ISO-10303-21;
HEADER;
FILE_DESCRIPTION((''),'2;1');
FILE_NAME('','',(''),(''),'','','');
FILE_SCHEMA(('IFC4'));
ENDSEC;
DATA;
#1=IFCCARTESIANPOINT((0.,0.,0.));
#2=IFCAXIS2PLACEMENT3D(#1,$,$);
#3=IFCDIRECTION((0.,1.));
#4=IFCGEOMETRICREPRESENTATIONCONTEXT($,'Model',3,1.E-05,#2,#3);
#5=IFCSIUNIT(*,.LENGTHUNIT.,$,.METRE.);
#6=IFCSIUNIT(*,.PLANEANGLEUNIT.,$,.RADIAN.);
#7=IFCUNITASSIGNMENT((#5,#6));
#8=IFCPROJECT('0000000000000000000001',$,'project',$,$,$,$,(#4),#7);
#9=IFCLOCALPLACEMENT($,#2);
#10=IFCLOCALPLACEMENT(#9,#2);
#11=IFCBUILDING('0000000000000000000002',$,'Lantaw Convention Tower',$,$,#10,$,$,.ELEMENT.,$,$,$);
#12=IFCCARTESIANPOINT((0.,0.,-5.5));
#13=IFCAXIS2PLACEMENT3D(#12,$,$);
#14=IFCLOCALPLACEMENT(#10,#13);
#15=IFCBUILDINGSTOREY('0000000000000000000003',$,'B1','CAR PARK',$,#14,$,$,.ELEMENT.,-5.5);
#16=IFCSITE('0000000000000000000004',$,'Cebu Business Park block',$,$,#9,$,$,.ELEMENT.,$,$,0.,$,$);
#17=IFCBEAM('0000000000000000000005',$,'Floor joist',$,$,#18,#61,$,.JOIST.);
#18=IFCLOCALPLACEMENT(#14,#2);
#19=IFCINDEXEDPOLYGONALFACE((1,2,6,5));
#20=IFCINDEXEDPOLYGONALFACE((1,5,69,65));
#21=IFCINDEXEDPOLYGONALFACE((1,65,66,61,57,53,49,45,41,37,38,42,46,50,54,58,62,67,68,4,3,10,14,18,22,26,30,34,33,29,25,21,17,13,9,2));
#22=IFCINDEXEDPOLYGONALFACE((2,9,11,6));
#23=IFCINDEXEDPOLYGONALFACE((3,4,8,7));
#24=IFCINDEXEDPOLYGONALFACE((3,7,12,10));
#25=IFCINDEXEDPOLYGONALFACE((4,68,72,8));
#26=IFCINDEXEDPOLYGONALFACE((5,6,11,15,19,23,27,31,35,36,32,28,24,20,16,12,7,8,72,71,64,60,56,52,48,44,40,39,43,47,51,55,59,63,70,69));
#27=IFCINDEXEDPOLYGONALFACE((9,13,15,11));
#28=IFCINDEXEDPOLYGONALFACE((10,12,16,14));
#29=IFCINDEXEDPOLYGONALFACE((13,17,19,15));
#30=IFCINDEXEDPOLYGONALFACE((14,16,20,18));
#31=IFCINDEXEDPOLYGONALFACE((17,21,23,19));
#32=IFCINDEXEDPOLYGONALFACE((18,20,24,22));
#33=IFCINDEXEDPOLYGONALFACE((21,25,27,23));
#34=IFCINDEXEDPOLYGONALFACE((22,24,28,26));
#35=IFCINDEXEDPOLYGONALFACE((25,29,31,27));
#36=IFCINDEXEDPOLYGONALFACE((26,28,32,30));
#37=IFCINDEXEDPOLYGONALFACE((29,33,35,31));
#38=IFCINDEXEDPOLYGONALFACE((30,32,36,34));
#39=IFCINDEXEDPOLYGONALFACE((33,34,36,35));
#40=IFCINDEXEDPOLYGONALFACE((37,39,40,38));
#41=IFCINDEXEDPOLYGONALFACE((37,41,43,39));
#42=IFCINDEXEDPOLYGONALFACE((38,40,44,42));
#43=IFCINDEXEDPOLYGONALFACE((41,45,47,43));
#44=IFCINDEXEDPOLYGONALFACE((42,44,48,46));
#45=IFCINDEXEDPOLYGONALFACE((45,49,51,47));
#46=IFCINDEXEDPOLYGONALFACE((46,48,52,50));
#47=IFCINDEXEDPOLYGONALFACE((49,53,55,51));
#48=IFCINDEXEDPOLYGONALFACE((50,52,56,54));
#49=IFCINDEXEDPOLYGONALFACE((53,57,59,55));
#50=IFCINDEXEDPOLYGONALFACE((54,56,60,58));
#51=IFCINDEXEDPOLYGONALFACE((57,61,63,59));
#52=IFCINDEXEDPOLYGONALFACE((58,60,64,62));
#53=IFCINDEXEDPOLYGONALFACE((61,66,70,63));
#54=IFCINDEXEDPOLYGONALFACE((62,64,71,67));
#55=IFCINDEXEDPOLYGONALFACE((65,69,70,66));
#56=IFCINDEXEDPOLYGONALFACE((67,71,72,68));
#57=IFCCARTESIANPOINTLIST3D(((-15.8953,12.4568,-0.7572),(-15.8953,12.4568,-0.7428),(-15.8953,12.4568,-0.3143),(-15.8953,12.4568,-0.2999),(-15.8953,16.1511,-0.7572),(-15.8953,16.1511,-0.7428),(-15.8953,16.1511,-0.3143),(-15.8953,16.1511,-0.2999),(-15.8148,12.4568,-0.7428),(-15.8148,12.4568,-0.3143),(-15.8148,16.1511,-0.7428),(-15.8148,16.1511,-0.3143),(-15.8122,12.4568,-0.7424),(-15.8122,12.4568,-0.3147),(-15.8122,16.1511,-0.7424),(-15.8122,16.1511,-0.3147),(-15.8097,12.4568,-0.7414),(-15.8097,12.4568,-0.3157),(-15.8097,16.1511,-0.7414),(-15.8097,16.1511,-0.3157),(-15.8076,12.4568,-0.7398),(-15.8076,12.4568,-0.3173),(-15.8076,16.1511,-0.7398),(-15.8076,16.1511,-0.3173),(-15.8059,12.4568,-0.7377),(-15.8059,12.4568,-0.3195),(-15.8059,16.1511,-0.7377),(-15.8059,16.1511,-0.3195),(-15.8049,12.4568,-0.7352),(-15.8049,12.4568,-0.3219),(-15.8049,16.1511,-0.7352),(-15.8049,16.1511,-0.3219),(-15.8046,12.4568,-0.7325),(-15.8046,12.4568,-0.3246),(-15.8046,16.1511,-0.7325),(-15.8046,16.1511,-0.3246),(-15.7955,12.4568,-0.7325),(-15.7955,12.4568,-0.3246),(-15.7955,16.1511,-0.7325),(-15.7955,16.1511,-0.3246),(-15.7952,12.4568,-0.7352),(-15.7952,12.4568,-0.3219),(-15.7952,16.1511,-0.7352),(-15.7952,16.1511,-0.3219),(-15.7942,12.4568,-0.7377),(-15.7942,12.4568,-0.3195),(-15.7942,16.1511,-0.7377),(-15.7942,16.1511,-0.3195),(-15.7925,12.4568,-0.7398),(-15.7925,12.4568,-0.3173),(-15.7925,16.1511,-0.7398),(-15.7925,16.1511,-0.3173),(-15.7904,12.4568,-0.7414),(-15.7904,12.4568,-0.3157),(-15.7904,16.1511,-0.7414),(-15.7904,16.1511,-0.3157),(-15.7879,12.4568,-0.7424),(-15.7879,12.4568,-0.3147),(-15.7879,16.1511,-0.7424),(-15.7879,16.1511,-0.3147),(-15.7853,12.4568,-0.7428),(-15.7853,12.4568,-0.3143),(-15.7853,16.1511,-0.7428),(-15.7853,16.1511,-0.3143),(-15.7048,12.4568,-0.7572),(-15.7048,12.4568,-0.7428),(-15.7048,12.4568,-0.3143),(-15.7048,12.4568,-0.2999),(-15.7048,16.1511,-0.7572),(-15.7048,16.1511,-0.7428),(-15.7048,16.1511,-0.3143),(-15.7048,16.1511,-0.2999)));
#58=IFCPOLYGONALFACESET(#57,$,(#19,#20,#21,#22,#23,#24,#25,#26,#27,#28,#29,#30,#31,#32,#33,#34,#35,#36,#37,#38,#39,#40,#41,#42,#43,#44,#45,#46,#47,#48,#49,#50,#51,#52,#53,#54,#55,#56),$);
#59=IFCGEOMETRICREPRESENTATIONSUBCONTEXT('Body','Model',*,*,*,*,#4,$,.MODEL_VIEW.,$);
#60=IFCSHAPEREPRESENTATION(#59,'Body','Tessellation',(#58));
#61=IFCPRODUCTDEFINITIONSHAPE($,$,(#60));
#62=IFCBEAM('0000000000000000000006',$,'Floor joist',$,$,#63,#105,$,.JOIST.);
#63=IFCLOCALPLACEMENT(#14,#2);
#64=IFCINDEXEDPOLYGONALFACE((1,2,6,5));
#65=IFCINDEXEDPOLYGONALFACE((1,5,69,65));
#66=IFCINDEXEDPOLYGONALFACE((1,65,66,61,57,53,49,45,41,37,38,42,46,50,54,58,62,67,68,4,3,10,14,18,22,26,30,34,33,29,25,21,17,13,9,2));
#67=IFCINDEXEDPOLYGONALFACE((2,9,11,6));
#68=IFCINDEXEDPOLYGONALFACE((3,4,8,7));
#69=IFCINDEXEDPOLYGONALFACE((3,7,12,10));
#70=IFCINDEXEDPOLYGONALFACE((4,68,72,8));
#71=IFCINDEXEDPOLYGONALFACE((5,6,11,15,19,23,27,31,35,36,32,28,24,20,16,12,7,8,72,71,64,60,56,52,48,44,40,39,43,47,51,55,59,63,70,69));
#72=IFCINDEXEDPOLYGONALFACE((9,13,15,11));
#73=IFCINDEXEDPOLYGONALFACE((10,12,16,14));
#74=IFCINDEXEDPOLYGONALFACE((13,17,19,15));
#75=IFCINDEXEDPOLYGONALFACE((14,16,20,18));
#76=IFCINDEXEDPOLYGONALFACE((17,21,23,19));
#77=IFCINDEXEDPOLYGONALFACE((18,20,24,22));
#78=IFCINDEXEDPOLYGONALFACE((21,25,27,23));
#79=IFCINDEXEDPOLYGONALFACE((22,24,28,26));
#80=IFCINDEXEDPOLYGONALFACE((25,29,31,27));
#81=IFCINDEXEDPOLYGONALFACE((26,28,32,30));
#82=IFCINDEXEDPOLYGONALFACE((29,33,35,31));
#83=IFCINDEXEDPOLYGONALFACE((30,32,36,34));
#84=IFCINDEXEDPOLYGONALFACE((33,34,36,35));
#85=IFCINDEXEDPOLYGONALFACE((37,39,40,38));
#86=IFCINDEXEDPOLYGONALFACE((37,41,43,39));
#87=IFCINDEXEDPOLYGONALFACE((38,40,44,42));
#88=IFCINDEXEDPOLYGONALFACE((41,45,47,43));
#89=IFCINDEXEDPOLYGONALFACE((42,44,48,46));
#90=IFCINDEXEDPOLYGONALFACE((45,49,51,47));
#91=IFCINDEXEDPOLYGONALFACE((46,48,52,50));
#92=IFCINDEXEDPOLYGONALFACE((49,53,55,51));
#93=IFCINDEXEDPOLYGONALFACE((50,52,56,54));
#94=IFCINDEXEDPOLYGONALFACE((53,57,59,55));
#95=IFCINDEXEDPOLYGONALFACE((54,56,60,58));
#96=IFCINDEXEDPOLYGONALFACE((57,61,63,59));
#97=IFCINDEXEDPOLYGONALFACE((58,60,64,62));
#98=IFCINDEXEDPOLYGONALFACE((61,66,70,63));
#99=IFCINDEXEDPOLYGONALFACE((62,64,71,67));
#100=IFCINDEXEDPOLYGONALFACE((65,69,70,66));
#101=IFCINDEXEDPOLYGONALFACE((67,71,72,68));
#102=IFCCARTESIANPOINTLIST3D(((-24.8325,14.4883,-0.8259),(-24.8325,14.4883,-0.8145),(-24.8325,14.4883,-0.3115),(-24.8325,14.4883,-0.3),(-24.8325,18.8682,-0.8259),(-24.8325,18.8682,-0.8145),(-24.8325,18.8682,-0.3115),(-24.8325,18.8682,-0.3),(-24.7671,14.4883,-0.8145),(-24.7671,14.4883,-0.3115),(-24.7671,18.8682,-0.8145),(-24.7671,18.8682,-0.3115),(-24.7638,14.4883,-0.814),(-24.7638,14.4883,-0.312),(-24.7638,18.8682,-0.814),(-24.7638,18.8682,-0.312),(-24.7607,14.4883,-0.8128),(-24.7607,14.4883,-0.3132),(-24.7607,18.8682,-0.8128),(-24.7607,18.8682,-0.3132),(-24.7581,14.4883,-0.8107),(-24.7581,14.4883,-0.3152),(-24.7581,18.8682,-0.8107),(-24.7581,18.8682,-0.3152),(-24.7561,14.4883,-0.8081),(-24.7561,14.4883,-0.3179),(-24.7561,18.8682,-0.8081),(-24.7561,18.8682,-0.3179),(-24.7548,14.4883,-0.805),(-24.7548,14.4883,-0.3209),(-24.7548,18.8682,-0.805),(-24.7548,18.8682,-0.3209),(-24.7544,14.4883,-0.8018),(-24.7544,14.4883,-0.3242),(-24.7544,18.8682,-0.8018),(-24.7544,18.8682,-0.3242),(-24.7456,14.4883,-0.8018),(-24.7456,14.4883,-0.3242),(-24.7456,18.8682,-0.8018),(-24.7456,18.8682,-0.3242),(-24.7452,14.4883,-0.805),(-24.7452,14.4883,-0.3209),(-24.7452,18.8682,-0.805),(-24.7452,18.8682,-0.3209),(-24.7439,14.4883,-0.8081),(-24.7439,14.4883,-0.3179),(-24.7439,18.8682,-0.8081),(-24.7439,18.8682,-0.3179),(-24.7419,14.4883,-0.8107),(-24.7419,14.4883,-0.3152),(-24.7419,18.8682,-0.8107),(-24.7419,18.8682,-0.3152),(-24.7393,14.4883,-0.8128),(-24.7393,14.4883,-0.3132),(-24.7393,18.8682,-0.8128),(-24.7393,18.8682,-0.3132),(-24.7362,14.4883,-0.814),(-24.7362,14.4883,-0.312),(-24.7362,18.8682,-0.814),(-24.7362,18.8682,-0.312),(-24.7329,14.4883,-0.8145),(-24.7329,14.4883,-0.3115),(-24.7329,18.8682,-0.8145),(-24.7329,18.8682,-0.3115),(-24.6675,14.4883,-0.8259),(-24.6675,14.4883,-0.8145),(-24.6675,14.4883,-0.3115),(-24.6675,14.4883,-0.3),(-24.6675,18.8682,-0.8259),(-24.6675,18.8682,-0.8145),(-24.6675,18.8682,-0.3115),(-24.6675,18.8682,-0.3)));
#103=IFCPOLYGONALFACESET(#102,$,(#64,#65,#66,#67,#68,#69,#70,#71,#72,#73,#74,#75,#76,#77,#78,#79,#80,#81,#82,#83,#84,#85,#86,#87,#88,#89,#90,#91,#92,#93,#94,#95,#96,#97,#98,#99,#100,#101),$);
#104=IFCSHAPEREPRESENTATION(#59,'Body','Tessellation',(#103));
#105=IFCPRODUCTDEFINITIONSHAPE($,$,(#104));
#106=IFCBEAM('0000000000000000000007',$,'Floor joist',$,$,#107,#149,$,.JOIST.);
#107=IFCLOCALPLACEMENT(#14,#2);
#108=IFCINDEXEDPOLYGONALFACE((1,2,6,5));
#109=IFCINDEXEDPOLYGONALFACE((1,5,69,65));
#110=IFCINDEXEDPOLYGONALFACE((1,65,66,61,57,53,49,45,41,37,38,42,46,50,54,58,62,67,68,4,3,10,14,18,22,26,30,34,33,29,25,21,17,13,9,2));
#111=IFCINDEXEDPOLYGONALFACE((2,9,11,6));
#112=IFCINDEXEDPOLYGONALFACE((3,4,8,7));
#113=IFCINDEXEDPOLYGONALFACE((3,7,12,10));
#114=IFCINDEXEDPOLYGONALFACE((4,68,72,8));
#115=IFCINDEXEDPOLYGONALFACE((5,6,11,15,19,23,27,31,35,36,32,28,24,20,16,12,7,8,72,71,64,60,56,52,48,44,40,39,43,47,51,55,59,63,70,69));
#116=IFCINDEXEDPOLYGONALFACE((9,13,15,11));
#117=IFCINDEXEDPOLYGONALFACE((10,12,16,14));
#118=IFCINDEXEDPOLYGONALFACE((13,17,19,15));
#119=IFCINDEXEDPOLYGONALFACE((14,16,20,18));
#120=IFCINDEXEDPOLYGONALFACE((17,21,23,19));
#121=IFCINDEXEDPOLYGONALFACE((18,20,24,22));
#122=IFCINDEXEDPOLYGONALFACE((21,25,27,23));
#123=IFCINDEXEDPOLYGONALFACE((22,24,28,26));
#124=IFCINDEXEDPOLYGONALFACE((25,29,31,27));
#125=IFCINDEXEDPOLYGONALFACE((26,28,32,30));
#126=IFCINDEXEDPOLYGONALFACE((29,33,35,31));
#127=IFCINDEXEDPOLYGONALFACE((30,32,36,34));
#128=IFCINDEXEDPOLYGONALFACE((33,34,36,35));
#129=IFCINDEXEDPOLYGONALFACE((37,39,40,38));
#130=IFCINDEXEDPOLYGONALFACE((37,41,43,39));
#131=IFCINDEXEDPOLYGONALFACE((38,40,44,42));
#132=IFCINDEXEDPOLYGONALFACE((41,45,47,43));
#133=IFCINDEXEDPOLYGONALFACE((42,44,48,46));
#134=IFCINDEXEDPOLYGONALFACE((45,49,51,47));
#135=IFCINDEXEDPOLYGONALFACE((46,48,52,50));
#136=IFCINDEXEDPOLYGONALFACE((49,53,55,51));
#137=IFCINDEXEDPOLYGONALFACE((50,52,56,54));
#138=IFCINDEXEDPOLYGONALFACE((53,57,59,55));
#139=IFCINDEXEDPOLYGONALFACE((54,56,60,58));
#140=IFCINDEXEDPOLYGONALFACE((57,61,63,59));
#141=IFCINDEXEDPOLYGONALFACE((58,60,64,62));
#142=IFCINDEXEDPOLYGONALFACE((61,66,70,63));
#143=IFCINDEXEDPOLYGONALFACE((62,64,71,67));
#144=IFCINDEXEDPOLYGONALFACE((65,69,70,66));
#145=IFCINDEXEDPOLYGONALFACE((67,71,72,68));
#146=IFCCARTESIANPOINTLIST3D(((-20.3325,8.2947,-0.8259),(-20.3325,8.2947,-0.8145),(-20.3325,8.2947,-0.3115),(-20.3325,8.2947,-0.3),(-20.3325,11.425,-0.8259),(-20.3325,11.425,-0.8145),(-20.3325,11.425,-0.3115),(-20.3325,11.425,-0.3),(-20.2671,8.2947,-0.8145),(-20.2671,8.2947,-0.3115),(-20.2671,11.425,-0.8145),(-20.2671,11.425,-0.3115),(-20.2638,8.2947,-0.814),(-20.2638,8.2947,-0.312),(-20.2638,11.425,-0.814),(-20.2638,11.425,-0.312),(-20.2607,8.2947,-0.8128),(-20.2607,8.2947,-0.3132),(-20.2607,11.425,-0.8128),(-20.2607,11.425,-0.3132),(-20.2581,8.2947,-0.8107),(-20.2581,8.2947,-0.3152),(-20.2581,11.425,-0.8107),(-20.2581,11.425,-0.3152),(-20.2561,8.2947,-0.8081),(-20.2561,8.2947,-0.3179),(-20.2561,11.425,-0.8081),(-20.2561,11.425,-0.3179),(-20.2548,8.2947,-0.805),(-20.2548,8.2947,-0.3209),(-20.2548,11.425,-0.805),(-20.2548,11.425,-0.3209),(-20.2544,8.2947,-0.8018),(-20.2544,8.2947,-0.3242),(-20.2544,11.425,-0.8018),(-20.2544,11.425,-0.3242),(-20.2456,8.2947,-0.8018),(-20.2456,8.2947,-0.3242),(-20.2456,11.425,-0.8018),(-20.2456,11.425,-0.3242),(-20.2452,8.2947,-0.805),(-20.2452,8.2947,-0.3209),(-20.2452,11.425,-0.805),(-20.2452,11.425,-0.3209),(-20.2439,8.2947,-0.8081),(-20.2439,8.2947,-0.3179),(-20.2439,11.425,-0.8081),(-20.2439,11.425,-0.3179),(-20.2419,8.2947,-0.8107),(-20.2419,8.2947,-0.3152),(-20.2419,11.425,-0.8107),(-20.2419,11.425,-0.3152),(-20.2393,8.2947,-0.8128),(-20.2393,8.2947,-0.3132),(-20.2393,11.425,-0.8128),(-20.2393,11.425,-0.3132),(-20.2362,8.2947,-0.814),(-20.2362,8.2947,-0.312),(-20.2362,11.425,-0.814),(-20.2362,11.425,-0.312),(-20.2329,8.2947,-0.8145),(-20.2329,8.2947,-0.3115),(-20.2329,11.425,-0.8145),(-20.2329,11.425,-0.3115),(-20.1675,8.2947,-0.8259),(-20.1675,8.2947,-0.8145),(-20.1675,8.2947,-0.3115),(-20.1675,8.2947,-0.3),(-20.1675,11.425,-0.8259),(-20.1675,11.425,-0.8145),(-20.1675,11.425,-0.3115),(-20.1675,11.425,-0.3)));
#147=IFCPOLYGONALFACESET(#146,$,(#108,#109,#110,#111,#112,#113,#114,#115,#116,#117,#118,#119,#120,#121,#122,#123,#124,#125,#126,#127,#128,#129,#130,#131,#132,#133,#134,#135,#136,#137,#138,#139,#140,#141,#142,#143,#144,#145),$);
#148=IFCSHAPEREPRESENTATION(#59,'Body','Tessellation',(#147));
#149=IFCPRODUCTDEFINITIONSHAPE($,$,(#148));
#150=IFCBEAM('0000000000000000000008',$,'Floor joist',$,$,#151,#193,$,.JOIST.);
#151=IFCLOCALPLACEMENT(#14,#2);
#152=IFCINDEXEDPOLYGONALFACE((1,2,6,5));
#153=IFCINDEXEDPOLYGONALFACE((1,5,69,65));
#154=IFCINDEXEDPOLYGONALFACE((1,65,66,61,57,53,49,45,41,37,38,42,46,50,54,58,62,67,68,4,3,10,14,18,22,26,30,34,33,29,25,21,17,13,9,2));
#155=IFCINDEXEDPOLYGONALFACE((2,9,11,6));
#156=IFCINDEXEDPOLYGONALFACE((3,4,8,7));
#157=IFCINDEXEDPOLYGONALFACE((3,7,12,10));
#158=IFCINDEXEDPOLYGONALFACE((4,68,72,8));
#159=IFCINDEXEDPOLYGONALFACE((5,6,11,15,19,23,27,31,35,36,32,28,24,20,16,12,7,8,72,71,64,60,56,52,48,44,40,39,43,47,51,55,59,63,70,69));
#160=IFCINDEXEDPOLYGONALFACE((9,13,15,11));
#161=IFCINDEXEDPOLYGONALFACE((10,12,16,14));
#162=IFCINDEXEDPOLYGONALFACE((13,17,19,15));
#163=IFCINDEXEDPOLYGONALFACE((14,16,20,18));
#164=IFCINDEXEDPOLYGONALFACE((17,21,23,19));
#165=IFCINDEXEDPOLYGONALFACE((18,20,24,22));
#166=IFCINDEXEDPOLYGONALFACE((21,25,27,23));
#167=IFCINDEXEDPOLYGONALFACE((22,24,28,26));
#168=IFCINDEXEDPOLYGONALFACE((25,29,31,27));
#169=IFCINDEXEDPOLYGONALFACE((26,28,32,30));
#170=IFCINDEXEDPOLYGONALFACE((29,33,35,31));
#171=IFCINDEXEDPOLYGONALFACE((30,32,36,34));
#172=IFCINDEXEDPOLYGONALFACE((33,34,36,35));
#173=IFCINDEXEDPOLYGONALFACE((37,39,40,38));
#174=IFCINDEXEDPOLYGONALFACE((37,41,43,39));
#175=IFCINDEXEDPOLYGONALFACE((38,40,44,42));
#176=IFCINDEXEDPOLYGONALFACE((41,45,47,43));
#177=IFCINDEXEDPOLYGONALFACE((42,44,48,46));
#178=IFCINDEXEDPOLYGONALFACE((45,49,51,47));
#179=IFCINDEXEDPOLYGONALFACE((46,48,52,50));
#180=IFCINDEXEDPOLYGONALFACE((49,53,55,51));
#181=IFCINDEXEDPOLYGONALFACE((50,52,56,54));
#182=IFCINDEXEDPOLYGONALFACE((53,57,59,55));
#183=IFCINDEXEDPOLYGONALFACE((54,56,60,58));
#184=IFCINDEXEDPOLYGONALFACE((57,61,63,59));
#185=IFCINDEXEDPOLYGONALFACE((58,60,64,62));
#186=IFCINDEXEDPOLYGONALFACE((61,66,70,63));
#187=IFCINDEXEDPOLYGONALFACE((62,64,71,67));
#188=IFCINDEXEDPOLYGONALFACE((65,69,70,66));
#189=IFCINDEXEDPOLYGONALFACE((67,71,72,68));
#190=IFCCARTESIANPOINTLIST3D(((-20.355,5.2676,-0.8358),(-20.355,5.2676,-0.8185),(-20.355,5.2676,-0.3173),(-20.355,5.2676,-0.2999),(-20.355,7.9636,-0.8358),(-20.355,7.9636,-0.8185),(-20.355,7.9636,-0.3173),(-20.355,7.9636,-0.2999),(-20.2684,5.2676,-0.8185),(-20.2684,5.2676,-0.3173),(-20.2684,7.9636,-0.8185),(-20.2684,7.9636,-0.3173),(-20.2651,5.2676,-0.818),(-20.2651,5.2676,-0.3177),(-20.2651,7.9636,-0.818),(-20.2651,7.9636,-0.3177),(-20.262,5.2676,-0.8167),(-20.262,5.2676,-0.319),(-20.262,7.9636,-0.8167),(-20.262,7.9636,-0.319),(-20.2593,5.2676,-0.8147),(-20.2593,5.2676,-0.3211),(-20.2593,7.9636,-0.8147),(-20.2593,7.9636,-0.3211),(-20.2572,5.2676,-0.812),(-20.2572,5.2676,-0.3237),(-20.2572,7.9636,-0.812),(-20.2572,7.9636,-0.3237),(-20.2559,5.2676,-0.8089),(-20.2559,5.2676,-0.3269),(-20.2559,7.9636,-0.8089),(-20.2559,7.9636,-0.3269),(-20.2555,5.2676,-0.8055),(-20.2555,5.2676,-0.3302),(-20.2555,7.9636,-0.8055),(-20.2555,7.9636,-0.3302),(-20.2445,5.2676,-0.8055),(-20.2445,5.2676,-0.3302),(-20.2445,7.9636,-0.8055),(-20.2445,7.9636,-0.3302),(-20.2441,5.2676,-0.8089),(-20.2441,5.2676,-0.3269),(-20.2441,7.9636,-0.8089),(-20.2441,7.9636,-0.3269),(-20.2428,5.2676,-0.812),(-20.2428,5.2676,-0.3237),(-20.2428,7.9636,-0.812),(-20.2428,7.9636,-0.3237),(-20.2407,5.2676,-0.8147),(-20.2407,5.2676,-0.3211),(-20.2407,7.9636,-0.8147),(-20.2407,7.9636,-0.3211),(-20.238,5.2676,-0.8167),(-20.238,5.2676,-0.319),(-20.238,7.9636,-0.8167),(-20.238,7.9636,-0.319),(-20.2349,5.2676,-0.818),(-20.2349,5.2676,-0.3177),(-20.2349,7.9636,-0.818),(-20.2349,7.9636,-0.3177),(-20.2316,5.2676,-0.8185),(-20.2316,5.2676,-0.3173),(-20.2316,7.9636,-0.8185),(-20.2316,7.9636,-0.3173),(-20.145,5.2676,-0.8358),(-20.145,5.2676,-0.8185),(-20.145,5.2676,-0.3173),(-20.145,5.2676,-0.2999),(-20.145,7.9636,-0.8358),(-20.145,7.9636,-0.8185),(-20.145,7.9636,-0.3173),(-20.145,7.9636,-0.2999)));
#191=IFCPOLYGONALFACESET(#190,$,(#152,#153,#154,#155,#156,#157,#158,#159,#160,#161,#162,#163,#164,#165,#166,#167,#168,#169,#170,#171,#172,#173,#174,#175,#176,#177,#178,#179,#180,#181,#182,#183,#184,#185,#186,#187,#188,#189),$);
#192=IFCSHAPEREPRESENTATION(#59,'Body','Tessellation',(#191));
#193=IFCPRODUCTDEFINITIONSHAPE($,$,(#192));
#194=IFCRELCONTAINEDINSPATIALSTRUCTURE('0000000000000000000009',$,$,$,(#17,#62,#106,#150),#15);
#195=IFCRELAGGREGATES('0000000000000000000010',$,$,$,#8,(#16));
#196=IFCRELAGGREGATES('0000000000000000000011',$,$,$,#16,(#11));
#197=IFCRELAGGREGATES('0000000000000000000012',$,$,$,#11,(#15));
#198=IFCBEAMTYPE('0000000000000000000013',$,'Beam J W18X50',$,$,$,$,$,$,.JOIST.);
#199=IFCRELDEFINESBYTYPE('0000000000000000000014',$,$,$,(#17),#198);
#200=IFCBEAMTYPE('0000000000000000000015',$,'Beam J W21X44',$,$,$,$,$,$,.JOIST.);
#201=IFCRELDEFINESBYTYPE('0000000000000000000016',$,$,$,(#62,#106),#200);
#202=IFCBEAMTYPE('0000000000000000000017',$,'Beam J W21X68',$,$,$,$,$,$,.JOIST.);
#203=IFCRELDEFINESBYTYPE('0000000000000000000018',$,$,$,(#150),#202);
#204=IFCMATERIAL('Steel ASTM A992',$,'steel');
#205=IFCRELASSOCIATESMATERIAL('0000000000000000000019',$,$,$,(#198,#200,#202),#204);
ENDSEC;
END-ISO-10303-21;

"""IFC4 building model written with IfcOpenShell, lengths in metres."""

from ifc_helpers import new_model, si_unit, direction, frame, origin, origin_2d, place, context, subcontext, project, spatial, i_section, extrude, material, material_profile, profile_set, type_object, element, save


model = new_model("IFC4")

# Units and contexts
model_context = context("Model", 3, precision=1e-05, world=origin(), true_north=direction((0.0, 1.0)))
body_context = subcontext(model_context, "Body", "Model", "MODEL_VIEW")
ifc_project = project(units=[si_unit("LENGTHUNIT", "METRE"), si_unit("PLANEANGLEUNIT", "RADIAN")], contexts=[model_context])

# Site, building, storey
site_placement = place(None, origin())
site = spatial("IfcSite", under=ifc_project, at=site_placement, Name="Cebu Business Park block", CompositionType="ELEMENT", RefElevation=0.0)
building_placement = place(site_placement, origin())
building = spatial("IfcBuilding", under=site, at=building_placement, Name="Lantaw Convention Tower", CompositionType="ELEMENT")
storey_placement = place(building_placement, frame((0.0, 0.0, -5.5)))
storey = spatial("IfcBuildingStorey", under=building, at=storey_placement, Name="B1", Description="CAR PARK", CompositionType="ELEMENT", Elevation=-5.5)

# Beams
ifc_material_1 = material(Name="Steel ASTM A992", Category="steel")
ifc_material_profile_1 = material_profile(ifc_material_1, i_section(OverallWidth=0.1904, OverallDepth=0.4573, WebThickness=0.009, FlangeThickness=0.0144, FilletRadius=0.0103, at=origin_2d()), Name="W18X50")
ifc_profile_set_1 = profile_set([ifc_material_profile_1], Name="Steel ASTM A992")
beam_type_1 = type_object("IfcBeamType", Name="Beam J W18X50", PredefinedType="JOIST", material=ifc_profile_set_1)
beam_1_placement = place(storey_placement, frame((-15.8, 12.4568, -0.5286), z_axis=(0.0, 1.0, 0.0), x_axis=(-1.0, 0.0, 0.0)))
element("IfcBeam", 1, at=beam_1_placement, inside=storey, type_object=beam_type_1, Name="Floor joist", PredefinedType="JOIST", context=body_context, shape_type="SweptSolid", body=[
    extrude(i_section(OverallWidth=0.1904, OverallDepth=0.4573, WebThickness=0.009, FlangeThickness=0.0144, FilletRadius=0.0103, at=origin_2d()), origin(), (0.0, 0.0, 1.0), 3.6943),
])
ifc_material_profile_2 = material_profile(ifc_material_1, i_section(OverallWidth=0.165, OverallDepth=0.5259, WebThickness=0.0088, FlangeThickness=0.0115, FilletRadius=0.0127, at=origin_2d()), Name="W21X44")
ifc_profile_set_2 = profile_set([ifc_material_profile_2], Name="Steel ASTM A992")
beam_type_2 = type_object("IfcBeamType", Name="Beam J W21X44", PredefinedType="JOIST", material=ifc_profile_set_2)
beam_2_placement = place(storey_placement, frame((-24.75, 14.4883, -0.563), z_axis=(0.0, 1.0, 0.0), x_axis=(-1.0, 0.0, 0.0)))
element("IfcBeam", 2, at=beam_2_placement, inside=storey, type_object=beam_type_2, Name="Floor joist", PredefinedType="JOIST", context=body_context, shape_type="SweptSolid", body=[
    extrude(i_section(OverallWidth=0.165, OverallDepth=0.5259, WebThickness=0.0088, FlangeThickness=0.0115, FilletRadius=0.0127, at=origin_2d()), origin(), (0.0, 0.0, 1.0), 4.3799),
])
beam_3_placement = place(storey_placement, frame((-20.25, 8.2947, -0.563), z_axis=(0.0, 1.0, 0.0), x_axis=(-1.0, 0.0, 0.0)))
element("IfcBeam", 3, at=beam_3_placement, inside=storey, type_object=beam_type_2, Name="Floor joist", PredefinedType="JOIST", context=body_context, shape_type="SweptSolid", body=[
    extrude(i_section(OverallWidth=0.165, OverallDepth=0.5259, WebThickness=0.0088, FlangeThickness=0.0115, FilletRadius=0.0127, at=origin_2d()), origin(), (0.0, 0.0, 1.0), 3.1304),
])
ifc_material_profile_3 = material_profile(ifc_material_1, i_section(OverallWidth=0.21, OverallDepth=0.5359, WebThickness=0.011, FlangeThickness=0.0173, FilletRadius=0.0129, at=origin_2d()), Name="W21X68")
ifc_profile_set_3 = profile_set([ifc_material_profile_3], Name="Steel ASTM A992")
beam_type_3 = type_object("IfcBeamType", Name="Beam J W21X68", PredefinedType="JOIST", material=ifc_profile_set_3)
beam_4_placement = place(storey_placement, frame((-20.25, 5.2676, -0.5679), z_axis=(0.0, 1.0, 0.0), x_axis=(-1.0, 0.0, 0.0)))
element("IfcBeam", 4, at=beam_4_placement, inside=storey, type_object=beam_type_3, Name="Floor joist", PredefinedType="JOIST", context=body_context, shape_type="SweptSolid", body=[
    extrude(i_section(OverallWidth=0.21, OverallDepth=0.5359, WebThickness=0.011, FlangeThickness=0.0173, FilletRadius=0.0129, at=origin_2d()), origin(), (0.0, 0.0, 1.0), 2.696),
])

save(model, "model.ifc")
